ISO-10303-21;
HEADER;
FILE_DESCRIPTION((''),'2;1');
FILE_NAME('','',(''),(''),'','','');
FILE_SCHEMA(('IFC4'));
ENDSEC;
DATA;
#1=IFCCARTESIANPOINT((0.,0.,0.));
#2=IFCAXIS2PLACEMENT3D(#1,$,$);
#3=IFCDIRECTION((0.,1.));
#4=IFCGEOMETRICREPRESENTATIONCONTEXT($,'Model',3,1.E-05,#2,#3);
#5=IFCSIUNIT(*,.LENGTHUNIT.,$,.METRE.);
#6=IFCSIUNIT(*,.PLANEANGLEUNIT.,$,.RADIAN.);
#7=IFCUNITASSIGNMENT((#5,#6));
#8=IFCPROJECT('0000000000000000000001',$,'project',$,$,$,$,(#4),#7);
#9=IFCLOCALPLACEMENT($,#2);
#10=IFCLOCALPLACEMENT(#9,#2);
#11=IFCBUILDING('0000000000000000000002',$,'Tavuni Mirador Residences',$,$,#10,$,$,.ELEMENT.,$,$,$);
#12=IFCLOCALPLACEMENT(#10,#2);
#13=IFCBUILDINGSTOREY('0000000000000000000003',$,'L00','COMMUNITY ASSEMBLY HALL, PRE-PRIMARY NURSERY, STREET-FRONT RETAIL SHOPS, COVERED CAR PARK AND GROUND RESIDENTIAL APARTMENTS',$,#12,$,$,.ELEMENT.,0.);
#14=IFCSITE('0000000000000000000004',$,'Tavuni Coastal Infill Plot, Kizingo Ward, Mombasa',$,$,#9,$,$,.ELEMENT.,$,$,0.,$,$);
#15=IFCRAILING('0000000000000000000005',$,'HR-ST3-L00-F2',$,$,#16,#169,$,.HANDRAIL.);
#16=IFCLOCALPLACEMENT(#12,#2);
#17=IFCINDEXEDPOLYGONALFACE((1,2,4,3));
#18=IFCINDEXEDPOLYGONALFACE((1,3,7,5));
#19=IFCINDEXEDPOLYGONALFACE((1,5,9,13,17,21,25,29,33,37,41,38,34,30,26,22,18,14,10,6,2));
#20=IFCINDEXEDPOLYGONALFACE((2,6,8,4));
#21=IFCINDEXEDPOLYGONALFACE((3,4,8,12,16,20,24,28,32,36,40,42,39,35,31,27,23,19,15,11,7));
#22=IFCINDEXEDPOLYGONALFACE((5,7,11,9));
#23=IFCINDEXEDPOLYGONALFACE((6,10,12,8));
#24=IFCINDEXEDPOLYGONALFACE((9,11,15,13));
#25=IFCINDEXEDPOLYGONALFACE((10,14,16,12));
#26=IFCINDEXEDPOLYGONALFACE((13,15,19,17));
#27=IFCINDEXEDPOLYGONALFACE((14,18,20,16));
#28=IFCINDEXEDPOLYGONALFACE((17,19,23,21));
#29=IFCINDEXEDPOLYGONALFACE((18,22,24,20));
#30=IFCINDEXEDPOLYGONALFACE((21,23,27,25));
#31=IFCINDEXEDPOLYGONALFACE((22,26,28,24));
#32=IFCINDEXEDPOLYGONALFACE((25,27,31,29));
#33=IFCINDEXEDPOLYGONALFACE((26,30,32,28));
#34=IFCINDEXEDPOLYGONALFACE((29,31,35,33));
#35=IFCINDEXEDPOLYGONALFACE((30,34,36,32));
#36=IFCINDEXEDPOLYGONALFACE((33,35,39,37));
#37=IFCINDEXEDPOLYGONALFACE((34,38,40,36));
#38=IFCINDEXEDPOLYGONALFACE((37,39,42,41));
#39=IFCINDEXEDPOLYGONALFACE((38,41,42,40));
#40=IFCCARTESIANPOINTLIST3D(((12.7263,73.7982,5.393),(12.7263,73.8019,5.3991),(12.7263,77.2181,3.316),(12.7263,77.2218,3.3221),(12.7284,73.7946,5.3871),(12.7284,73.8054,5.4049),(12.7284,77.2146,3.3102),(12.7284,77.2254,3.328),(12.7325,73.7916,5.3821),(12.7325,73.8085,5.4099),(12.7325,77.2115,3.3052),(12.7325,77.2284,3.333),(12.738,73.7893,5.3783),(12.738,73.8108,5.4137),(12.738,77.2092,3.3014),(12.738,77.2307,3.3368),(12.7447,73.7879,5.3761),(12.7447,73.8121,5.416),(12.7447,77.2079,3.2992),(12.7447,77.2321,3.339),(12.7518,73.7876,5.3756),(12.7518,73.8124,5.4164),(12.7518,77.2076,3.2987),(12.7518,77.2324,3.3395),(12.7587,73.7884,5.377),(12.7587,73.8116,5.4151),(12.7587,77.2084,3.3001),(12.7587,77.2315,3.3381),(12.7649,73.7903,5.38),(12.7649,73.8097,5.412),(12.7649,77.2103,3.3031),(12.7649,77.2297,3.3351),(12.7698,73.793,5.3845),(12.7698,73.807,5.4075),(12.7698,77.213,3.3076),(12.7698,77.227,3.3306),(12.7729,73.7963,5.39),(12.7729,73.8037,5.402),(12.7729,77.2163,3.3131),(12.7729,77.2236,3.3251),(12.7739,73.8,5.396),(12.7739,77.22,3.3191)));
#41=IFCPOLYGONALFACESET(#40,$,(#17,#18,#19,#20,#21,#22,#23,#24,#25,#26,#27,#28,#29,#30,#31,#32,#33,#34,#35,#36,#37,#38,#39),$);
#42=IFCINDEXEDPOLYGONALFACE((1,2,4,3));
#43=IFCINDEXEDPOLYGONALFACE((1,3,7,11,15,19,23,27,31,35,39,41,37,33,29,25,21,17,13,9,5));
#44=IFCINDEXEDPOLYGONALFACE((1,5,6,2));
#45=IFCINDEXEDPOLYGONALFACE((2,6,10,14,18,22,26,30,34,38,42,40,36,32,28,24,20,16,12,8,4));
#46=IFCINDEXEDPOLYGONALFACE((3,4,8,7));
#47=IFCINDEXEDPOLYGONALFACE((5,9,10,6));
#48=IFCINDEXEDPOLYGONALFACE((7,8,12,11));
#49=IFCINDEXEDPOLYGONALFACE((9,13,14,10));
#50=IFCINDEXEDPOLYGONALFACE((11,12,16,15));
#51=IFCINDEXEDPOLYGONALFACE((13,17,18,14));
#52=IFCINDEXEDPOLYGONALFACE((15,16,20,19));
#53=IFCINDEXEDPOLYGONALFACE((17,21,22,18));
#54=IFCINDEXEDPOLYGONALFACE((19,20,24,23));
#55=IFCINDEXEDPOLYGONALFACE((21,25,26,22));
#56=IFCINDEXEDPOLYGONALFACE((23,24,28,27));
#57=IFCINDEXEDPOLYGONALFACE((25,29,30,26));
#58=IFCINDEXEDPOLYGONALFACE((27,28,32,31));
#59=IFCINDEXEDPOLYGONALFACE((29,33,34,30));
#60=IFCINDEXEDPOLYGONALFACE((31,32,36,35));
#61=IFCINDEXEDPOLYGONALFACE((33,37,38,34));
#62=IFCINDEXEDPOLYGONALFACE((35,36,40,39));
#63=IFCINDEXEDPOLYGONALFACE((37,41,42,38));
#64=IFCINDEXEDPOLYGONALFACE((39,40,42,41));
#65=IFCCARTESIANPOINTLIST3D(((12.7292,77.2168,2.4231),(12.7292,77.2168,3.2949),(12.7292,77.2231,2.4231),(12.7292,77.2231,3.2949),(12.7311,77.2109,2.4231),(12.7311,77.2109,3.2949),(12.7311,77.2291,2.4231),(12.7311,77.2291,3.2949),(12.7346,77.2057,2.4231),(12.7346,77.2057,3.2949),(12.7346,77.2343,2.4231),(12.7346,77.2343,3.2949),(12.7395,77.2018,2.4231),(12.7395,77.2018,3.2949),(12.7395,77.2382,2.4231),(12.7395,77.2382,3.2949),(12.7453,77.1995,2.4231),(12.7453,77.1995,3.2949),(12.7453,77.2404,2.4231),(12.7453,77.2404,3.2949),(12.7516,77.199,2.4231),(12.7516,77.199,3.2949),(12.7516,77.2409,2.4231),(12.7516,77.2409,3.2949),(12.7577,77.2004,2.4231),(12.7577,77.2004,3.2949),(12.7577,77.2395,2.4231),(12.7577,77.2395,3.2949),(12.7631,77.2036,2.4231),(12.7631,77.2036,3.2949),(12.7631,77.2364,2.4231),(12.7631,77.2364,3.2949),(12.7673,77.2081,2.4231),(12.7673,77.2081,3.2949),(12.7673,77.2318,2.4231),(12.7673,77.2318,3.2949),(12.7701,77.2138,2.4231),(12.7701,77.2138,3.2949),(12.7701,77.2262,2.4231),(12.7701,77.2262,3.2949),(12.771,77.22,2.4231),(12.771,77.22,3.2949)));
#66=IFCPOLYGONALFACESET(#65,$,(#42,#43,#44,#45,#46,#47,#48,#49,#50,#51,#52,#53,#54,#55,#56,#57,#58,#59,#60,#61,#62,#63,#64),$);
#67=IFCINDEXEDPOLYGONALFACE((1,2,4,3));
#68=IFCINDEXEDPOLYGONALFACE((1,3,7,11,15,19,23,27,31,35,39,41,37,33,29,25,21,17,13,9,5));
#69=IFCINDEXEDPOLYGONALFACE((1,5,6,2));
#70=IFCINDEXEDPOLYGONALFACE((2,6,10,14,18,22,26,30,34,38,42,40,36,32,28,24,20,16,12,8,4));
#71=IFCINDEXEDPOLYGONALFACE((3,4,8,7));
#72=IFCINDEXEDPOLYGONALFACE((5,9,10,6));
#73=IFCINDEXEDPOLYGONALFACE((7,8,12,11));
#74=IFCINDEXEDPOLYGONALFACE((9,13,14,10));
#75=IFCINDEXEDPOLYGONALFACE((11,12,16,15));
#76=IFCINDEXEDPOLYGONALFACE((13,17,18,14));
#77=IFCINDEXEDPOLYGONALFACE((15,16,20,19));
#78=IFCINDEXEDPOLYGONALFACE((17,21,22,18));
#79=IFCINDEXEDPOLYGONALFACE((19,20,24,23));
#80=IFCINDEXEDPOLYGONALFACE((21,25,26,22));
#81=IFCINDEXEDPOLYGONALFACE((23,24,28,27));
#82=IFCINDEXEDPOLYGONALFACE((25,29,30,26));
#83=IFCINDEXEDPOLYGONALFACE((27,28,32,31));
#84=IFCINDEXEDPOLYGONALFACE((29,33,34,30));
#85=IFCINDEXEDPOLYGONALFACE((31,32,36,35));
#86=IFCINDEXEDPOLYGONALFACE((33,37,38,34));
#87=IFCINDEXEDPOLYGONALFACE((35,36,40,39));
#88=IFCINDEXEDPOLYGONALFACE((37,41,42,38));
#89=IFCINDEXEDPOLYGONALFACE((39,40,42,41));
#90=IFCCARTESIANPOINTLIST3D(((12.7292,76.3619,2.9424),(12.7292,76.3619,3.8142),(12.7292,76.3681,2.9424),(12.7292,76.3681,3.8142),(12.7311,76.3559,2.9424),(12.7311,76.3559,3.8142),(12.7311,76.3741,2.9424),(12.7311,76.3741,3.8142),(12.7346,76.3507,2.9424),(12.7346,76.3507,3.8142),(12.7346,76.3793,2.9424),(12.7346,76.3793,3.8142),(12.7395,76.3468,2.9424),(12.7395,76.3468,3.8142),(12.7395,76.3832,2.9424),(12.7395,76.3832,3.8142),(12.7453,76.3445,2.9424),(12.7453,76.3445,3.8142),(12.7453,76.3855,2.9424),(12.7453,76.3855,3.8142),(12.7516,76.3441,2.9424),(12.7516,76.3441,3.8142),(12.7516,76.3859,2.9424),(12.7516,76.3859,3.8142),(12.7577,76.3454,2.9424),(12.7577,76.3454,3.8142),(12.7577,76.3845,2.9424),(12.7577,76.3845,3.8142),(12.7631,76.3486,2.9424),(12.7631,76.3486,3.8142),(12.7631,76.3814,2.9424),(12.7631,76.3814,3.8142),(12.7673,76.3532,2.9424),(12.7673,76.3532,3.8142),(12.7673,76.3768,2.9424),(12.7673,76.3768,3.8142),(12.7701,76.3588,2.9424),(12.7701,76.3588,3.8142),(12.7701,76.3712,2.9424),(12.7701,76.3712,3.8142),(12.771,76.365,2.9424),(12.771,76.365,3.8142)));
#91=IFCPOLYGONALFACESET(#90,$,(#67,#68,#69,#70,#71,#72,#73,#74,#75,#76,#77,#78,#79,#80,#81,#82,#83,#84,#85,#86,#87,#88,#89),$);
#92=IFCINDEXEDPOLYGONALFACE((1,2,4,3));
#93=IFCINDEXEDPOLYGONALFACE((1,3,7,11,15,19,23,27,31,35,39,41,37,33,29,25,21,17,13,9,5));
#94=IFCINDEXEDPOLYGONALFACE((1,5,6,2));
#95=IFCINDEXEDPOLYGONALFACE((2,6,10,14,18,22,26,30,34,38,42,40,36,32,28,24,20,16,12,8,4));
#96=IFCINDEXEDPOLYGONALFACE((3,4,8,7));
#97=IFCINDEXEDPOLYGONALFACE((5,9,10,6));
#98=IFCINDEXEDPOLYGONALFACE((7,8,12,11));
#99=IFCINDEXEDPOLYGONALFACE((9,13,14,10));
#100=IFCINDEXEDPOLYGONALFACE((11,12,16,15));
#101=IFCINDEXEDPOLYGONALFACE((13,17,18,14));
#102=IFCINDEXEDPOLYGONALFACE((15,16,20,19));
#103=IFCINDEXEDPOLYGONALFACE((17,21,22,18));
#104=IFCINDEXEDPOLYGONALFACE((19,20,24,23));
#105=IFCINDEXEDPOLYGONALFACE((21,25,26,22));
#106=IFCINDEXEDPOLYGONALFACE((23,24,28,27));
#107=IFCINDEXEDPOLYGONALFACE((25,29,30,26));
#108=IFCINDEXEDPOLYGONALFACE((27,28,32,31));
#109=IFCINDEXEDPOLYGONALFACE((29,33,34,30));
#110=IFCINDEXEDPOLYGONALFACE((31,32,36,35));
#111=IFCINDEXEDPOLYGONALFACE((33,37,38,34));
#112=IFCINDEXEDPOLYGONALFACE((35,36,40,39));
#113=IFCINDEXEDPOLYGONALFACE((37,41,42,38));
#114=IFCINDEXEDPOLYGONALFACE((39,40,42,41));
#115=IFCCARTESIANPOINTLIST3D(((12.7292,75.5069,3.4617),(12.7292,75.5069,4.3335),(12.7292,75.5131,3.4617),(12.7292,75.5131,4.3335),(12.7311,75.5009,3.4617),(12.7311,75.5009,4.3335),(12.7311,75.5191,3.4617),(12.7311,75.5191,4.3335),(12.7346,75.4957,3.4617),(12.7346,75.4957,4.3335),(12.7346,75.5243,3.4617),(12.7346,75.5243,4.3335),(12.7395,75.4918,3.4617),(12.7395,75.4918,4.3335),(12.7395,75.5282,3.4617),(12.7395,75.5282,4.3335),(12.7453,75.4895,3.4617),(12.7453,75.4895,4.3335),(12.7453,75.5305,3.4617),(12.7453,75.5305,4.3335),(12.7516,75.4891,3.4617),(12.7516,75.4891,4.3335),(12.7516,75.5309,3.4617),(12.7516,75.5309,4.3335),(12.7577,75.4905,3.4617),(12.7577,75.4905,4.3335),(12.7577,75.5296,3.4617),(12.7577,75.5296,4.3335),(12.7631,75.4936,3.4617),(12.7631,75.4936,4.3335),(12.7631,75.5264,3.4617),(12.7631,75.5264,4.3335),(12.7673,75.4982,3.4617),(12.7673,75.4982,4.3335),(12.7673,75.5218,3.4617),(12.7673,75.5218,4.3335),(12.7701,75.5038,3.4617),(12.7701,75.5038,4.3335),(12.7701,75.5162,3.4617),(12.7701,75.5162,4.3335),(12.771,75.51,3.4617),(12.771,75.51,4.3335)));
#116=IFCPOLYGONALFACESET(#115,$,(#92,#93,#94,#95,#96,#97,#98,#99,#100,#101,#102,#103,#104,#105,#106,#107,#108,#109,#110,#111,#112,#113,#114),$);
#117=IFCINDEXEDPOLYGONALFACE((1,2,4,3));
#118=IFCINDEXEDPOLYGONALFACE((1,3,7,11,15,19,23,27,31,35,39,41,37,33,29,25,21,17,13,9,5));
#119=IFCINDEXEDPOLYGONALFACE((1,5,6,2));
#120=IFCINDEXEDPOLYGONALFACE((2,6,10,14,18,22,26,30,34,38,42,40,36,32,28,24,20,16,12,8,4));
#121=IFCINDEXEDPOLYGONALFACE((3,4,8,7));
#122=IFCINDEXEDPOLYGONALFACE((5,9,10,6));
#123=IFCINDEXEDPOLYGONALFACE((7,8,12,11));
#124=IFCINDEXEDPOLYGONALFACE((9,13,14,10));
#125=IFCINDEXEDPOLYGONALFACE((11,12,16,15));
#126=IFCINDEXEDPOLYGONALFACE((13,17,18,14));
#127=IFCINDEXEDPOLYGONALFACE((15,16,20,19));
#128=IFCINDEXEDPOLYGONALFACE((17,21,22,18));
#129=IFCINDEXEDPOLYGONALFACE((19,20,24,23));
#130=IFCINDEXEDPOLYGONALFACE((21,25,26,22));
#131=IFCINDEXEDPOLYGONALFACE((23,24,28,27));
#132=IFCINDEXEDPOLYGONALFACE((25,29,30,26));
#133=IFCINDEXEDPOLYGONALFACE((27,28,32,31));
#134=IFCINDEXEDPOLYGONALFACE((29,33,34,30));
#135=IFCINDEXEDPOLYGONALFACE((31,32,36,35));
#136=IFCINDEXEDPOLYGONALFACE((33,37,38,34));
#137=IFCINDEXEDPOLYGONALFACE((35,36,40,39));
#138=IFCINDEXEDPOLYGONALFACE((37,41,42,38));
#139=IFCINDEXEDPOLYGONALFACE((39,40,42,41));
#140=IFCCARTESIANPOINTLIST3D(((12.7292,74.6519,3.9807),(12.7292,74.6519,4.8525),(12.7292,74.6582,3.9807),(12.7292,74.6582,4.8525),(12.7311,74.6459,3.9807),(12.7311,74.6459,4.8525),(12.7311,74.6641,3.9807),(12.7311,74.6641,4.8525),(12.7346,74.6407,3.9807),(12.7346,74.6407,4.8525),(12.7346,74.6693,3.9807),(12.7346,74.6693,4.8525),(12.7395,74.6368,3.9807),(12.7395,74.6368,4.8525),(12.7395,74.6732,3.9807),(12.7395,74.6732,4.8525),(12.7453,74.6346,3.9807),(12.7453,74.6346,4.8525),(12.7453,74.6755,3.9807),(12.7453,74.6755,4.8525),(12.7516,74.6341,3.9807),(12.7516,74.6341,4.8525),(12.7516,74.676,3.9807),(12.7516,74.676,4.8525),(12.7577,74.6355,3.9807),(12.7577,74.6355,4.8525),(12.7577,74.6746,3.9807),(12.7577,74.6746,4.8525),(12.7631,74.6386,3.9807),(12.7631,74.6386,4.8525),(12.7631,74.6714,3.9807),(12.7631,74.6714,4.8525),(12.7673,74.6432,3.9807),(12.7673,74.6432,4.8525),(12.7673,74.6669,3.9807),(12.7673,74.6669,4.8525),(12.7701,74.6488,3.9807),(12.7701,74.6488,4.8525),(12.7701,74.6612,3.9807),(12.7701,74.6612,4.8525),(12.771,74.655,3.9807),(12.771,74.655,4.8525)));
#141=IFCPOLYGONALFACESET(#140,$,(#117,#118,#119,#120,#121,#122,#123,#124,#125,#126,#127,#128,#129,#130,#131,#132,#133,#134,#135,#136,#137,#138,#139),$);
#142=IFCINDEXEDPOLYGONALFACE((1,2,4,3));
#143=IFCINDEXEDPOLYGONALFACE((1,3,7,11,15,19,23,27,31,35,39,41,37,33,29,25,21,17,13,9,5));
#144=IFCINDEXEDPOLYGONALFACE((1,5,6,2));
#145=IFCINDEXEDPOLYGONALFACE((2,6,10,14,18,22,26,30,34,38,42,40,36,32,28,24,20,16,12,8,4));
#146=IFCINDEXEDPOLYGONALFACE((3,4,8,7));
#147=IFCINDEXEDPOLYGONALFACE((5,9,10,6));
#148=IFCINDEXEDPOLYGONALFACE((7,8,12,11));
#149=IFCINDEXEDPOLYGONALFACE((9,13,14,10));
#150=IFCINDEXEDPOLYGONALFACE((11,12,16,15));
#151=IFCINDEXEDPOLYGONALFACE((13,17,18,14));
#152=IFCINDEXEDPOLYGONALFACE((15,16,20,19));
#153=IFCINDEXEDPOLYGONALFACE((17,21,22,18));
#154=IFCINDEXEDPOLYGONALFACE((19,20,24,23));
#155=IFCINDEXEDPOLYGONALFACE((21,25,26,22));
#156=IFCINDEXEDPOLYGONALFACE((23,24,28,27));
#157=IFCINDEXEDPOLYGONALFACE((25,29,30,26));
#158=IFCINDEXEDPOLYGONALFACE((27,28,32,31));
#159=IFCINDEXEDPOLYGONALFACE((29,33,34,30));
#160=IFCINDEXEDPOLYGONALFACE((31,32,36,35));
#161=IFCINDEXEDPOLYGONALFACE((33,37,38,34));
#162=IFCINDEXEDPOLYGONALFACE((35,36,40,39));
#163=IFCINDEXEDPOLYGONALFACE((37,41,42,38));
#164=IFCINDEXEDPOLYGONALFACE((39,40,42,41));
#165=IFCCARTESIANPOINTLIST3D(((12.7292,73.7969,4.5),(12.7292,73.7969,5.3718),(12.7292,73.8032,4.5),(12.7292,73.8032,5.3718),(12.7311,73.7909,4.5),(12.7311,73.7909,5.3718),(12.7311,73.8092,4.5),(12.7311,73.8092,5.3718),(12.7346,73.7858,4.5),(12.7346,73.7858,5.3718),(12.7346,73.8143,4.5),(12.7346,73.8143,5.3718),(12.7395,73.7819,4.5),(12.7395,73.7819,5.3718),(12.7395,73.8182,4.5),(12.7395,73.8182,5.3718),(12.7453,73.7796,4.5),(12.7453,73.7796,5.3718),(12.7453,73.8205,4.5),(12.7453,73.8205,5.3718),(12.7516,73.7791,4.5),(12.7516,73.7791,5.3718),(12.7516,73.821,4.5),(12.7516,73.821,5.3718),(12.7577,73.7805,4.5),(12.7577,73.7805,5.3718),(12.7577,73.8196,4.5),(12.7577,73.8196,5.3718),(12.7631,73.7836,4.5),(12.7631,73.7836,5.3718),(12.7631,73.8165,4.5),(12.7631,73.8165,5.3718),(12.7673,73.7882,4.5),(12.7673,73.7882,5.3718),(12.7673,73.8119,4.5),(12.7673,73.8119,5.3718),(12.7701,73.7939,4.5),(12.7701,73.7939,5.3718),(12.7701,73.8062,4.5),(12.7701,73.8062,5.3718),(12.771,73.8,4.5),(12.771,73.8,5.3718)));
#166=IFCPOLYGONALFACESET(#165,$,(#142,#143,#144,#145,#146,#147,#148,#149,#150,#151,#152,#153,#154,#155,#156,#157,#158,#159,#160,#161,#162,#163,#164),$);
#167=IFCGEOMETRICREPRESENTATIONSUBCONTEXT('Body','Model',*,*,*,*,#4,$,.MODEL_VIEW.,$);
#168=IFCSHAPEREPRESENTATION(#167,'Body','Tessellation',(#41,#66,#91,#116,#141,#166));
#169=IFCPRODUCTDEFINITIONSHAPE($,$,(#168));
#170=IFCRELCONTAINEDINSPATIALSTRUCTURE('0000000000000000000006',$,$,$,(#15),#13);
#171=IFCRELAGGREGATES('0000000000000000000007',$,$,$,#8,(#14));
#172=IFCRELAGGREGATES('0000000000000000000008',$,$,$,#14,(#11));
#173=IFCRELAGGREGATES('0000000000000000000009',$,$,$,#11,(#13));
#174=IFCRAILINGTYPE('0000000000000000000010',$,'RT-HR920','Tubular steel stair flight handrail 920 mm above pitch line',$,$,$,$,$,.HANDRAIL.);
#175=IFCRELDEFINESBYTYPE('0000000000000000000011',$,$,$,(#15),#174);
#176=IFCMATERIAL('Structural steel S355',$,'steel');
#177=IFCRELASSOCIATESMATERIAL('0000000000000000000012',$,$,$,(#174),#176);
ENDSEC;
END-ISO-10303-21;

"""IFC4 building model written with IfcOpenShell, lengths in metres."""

from ifc_helpers import new_model, si_unit, direction, frame, origin, origin_2d, place, context, subcontext, project, spatial, circle, extrude, material, type_object, element, save


model = new_model("IFC4")

# Units and contexts
model_context = context("Model", 3, precision=1e-05, world=origin(), true_north=direction((0.0, 1.0)))
body_context = subcontext(model_context, "Body", "Model", "MODEL_VIEW")
ifc_project = project(units=[si_unit("LENGTHUNIT", "METRE"), si_unit("PLANEANGLEUNIT", "RADIAN")], contexts=[model_context])

# Site, building, storey
site_placement = place(None, origin())
site = spatial("IfcSite", under=ifc_project, at=site_placement, Name="Tavuni Coastal Infill Plot, Kizingo Ward, Mombasa", CompositionType="ELEMENT", RefElevation=0.0)
building_placement = place(site_placement, origin())
building = spatial("IfcBuilding", under=site, at=building_placement, Name="Tavuni Mirador Residences", CompositionType="ELEMENT")
storey_placement = place(building_placement, origin())
storey = spatial("IfcBuildingStorey", under=building, at=storey_placement, Name="L00", Description="COMMUNITY ASSEMBLY HALL, PRE-PRIMARY NURSERY, STREET-FRONT RETAIL SHOPS, COVERED CAR PARK AND GROUND RESIDENTIAL APARTMENTS", CompositionType="ELEMENT", Elevation=0.0)

# Shared definitions
ifc_material_1 = material(Name="Structural steel S355", Category="steel")

# Railing
railing_type_1 = type_object("IfcRailingType", Name="RT-HR920", Description="Tubular steel stair flight handrail 920 mm above pitch line", PredefinedType="HANDRAIL", material=ifc_material_1)
railing_1_placement = place(storey_placement, frame((12.75, 77.22, 2.4231)))
element("IfcRailing", 1, at=railing_1_placement, inside=storey, type_object=railing_type_1, Name="HR-ST3-L00-F2", PredefinedType="HANDRAIL", context=body_context, shape_type="SweptSolid", body=[
    extrude(circle(Radius=0.0239, at=origin_2d()), frame((0.0, 0.0, 0.896), z_axis=(0.0, -0.85473, 0.519074), x_axis=(1.0, 0.0, 0.0)), (0.0, 0.0, 1.0), 4.0012),
    extrude(circle(Radius=0.021, at=origin_2d()), origin(), (0.0, 0.0, 1.0), 0.8718),
    extrude(circle(Radius=0.021, at=origin_2d()), frame((0.0, -0.855, 0.5193)), (0.0, 0.0, 1.0), 0.8718),
    extrude(circle(Radius=0.021, at=origin_2d()), frame((0.0, -1.71, 1.0386)), (0.0, 0.0, 1.0), 0.8718),
    extrude(circle(Radius=0.021, at=origin_2d()), frame((0.0, -2.5649, 1.5576)), (0.0, 0.0, 1.0), 0.8718),
    extrude(circle(Radius=0.021, at=origin_2d()), frame((0.0, -3.4199, 2.0769)), (0.0, 0.0, 1.0), 0.8718),
])

save(model, "model.ifc")
